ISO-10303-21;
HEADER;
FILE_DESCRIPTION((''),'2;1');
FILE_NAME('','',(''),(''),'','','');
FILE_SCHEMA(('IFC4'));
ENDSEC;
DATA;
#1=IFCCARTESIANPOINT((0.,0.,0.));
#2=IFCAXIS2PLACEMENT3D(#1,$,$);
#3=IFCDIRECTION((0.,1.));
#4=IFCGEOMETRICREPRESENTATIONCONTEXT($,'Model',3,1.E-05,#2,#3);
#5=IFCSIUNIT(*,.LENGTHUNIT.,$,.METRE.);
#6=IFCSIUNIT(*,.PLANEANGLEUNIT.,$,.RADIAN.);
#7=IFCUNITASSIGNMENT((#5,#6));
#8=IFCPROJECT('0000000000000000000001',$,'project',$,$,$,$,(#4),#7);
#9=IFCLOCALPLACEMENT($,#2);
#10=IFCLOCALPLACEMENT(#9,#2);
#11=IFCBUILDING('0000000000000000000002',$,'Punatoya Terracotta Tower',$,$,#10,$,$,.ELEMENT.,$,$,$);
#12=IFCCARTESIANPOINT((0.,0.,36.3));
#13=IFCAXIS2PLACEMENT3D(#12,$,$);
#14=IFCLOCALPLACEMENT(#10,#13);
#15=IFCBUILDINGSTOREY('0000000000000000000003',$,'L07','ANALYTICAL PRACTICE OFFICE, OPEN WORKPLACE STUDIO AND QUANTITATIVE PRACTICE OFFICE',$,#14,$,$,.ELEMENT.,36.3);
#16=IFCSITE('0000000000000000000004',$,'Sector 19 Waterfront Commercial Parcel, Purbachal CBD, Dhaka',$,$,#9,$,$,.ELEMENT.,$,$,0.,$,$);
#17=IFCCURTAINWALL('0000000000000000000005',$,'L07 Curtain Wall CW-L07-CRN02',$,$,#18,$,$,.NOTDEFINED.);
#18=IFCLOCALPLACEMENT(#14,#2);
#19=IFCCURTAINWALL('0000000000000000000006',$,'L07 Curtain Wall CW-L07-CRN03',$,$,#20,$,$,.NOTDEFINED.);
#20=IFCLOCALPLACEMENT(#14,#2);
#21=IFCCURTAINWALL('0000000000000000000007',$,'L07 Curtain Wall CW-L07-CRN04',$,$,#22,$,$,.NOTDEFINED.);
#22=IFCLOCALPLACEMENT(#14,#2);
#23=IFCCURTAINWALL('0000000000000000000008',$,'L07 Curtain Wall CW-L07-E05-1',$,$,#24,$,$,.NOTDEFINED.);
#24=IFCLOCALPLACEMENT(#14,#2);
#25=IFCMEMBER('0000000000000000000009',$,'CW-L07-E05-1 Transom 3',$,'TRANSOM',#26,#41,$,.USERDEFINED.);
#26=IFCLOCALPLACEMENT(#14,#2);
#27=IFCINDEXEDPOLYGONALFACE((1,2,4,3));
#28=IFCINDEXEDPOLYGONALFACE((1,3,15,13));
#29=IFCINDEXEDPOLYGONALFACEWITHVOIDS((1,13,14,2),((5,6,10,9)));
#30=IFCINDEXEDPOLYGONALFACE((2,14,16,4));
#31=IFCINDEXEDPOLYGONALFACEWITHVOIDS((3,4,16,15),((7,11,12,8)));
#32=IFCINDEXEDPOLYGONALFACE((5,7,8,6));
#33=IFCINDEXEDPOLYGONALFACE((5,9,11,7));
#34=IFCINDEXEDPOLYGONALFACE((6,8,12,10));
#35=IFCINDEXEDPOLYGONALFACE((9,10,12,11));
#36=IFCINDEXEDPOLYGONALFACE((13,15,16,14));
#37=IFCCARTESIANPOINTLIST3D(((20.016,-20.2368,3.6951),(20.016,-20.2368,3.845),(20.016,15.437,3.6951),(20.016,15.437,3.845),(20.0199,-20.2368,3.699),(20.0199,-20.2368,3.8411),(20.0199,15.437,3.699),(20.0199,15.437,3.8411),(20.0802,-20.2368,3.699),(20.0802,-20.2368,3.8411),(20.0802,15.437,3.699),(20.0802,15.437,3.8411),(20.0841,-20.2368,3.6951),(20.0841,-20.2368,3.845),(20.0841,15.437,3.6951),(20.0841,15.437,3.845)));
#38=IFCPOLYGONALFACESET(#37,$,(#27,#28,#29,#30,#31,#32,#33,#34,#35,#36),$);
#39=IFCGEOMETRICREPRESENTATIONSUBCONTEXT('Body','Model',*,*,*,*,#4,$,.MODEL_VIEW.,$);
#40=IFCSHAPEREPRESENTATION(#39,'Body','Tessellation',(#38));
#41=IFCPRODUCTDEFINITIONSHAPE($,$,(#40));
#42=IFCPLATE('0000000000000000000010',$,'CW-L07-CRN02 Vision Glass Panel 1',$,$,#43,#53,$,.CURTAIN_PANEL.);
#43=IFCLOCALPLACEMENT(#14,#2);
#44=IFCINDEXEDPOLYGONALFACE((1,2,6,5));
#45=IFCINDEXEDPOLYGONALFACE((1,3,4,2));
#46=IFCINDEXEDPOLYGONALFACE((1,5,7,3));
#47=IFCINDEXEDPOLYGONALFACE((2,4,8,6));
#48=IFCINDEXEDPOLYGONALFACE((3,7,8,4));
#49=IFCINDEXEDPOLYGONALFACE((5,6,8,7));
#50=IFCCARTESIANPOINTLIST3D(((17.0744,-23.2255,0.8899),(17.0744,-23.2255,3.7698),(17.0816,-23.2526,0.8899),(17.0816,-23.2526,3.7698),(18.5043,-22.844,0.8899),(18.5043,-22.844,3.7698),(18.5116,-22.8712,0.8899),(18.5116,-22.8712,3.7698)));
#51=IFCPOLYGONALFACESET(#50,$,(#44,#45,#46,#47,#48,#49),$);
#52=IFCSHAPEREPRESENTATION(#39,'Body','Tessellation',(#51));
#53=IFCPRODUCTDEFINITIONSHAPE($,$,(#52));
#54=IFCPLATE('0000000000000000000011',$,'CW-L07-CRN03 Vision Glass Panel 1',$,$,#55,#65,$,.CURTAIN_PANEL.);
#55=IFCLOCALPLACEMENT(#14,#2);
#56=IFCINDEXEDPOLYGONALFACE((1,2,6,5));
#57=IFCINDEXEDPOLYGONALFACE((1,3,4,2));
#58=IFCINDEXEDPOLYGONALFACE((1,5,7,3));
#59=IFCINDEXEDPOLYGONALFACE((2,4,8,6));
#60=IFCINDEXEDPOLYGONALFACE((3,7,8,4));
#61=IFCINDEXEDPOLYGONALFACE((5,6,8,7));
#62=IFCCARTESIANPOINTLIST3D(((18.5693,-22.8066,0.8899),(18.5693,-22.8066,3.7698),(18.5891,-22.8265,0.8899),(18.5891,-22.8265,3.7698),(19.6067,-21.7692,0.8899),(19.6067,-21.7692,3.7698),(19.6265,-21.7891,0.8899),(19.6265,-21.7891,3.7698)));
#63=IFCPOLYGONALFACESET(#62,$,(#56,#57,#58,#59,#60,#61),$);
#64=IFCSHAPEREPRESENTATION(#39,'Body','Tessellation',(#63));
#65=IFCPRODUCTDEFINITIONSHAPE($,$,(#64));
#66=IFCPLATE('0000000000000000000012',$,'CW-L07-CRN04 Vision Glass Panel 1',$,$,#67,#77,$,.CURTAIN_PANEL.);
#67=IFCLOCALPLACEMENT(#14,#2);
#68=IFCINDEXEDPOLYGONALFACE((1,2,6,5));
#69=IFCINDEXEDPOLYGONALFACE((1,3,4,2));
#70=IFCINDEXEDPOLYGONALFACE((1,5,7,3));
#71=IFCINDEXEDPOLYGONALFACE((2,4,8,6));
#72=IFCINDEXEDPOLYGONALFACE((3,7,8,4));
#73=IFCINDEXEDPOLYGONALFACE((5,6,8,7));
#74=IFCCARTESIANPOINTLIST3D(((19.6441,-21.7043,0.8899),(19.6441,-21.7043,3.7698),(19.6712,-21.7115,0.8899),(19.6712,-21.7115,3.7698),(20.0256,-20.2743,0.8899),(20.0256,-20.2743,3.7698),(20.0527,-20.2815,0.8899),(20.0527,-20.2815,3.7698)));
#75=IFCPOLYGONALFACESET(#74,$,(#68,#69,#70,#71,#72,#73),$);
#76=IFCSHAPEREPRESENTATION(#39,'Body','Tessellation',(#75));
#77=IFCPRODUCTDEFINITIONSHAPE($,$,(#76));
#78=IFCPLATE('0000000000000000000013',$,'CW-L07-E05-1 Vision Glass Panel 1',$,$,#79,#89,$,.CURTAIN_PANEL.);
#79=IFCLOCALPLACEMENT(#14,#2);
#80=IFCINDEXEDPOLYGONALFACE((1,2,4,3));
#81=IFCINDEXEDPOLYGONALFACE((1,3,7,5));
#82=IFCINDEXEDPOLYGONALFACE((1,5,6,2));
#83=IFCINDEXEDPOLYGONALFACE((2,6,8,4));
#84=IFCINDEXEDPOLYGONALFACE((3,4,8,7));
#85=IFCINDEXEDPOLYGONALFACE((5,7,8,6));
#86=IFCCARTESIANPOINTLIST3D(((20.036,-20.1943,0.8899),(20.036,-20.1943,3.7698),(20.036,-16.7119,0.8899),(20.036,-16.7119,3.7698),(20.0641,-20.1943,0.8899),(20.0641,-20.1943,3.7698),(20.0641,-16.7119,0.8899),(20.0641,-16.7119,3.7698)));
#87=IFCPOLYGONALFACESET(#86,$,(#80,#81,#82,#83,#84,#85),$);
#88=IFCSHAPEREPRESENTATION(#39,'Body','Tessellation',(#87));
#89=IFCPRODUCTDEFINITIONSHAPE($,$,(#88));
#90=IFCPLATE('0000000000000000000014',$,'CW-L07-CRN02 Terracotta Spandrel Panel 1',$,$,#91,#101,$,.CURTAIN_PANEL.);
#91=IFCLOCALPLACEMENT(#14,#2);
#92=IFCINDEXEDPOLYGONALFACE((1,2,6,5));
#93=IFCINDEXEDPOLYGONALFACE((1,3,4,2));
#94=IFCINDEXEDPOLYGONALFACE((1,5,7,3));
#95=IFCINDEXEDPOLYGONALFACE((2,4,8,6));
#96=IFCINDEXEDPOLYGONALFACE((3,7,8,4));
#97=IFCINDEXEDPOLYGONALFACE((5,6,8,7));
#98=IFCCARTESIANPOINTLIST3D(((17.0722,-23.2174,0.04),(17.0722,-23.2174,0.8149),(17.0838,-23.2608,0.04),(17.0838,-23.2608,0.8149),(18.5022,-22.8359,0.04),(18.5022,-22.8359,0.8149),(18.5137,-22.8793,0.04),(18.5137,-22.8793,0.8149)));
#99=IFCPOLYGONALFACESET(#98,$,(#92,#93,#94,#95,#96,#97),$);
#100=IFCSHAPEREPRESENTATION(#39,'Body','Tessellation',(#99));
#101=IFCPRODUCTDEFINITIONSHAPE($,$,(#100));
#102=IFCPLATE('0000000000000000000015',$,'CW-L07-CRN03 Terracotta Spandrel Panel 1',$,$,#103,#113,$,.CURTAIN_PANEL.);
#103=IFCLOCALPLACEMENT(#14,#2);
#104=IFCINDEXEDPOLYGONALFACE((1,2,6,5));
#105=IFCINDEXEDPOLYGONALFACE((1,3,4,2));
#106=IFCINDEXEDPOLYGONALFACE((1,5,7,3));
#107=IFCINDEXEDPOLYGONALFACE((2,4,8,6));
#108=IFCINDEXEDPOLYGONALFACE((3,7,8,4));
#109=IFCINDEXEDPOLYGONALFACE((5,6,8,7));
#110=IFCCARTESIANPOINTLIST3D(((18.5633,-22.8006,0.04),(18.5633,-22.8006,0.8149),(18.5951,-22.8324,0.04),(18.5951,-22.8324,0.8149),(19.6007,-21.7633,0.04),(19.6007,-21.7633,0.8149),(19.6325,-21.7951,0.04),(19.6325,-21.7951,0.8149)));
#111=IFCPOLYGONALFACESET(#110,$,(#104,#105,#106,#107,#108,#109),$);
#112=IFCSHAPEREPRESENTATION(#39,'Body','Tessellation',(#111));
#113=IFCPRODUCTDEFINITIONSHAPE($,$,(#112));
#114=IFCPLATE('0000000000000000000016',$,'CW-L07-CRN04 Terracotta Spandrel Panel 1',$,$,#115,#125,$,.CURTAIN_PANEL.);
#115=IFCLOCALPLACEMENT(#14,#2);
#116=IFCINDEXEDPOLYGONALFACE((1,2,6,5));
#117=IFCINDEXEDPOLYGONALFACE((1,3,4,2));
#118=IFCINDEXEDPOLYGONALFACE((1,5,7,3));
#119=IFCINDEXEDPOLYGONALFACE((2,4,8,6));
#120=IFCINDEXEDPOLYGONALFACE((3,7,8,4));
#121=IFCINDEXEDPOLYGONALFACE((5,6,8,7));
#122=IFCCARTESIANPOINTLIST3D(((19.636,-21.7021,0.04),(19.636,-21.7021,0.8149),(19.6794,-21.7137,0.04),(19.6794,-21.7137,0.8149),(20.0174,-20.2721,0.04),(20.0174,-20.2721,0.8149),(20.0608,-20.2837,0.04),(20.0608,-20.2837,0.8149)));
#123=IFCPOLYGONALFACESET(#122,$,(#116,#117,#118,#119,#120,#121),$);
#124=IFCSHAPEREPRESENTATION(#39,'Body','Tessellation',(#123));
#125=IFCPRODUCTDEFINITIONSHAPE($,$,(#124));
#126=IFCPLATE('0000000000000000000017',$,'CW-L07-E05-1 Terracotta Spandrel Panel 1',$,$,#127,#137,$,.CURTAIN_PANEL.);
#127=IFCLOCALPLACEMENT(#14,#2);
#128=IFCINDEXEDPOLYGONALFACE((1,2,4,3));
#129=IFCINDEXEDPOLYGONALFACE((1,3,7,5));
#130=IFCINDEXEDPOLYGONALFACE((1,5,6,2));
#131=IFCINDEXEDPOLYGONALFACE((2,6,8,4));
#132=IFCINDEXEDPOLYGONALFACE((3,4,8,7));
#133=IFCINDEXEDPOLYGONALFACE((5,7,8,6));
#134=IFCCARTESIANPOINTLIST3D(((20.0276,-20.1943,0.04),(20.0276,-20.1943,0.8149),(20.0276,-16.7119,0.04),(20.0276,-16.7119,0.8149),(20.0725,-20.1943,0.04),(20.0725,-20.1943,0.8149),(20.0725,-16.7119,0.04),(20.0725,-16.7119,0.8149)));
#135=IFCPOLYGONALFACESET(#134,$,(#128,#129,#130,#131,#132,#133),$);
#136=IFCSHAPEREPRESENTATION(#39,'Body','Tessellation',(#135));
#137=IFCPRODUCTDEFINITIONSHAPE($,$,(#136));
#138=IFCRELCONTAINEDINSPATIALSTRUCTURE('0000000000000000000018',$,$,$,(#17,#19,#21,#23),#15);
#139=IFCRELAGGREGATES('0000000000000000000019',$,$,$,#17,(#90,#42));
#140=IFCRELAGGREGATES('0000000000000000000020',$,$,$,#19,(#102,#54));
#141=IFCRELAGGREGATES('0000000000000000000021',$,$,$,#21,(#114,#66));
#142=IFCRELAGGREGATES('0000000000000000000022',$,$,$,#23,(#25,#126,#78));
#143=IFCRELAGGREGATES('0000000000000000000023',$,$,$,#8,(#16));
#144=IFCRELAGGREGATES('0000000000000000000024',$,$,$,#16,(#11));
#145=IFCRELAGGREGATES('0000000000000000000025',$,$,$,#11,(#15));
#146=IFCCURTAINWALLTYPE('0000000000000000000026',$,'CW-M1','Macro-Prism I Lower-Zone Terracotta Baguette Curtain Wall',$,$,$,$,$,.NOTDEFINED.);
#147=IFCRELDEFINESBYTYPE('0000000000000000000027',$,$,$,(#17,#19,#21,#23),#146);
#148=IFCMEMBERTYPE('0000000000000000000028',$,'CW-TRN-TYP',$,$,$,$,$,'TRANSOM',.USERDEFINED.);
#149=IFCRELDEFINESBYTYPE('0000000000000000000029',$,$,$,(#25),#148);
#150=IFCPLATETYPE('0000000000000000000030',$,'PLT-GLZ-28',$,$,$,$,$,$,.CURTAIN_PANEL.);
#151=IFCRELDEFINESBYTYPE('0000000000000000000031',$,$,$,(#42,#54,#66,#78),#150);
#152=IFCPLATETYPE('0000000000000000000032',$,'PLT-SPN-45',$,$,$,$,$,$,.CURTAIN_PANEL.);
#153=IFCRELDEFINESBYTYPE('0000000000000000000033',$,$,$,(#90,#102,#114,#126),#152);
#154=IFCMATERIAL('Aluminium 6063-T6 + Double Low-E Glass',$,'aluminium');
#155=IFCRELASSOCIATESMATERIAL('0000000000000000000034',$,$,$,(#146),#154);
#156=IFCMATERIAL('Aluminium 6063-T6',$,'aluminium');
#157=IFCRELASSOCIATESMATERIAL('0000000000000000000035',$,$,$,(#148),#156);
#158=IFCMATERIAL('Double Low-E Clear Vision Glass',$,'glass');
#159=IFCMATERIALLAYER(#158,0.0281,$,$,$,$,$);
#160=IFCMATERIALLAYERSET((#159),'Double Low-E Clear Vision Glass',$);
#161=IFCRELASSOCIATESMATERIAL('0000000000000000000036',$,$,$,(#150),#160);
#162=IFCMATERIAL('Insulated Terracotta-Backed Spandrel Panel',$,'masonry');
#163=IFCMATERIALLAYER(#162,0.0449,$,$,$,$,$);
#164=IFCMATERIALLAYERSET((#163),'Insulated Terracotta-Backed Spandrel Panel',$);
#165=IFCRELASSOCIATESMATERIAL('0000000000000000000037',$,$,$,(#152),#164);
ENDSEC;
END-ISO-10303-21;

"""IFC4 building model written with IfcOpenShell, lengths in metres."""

from ifc_helpers import new_model, si_unit, direction, frame, origin, origin_2d, place, context, subcontext, project, spatial, rectangle, hollow_rectangle, extrude, material, layer, layer_set, material_profile, profile_set, type_object, element, aggregate, save


model = new_model("IFC4")

# Units and contexts
model_context = context("Model", 3, precision=1e-05, world=origin(), true_north=direction((0.0, 1.0)))
body_context = subcontext(model_context, "Body", "Model", "MODEL_VIEW")
ifc_project = project(units=[si_unit("LENGTHUNIT", "METRE"), si_unit("PLANEANGLEUNIT", "RADIAN")], contexts=[model_context])

# Site, building, storey
site_placement = place(None, origin())
site = spatial("IfcSite", under=ifc_project, at=site_placement, Name="Sector 19 Waterfront Commercial Parcel, Purbachal CBD, Dhaka", CompositionType="ELEMENT", RefElevation=0.0)
building_placement = place(site_placement, origin())
building = spatial("IfcBuilding", under=site, at=building_placement, Name="Punatoya Terracotta Tower", CompositionType="ELEMENT")
storey_placement = place(building_placement, frame((0.0, 0.0, 36.3)))
storey = spatial("IfcBuildingStorey", under=building, at=storey_placement, Name="L07", Description="ANALYTICAL PRACTICE OFFICE, OPEN WORKPLACE STUDIO AND QUANTITATIVE PRACTICE OFFICE", CompositionType="ELEMENT", Elevation=36.3)

# Curtain walls
ifc_material_1 = material(Name="Aluminium 6063-T6 + Double Low-E Glass", Category="aluminium")
curtain_wall_type = type_object("IfcCurtainWallType", Name="CW-M1", Description="Macro-Prism I Lower-Zone Terracotta Baguette Curtain Wall", PredefinedType="NOTDEFINED", material=ifc_material_1)
curtain_wall_1_placement = place(storey_placement, origin())
curtain_wall_1 = element("IfcCurtainWall", 1, at=curtain_wall_1_placement, inside=storey, type_object=curtain_wall_type, Name="L07 Curtain Wall CW-L07-CRN02", PredefinedType="NOTDEFINED")
ifc_material_2 = material(Name="Aluminium 6063-T6", Category="aluminium")
curtain_wall_2_placement = place(storey_placement, origin())
curtain_wall_2 = element("IfcCurtainWall", 2, at=curtain_wall_2_placement, inside=storey, type_object=curtain_wall_type, Name="L07 Curtain Wall CW-L07-CRN03", PredefinedType="NOTDEFINED")
curtain_wall_3_placement = place(storey_placement, origin())
curtain_wall_3 = element("IfcCurtainWall", 3, at=curtain_wall_3_placement, inside=storey, type_object=curtain_wall_type, Name="L07 Curtain Wall CW-L07-CRN04", PredefinedType="NOTDEFINED")

# Curtain wall
curtain_wall_4_placement = place(storey_placement, origin())
curtain_wall_4 = element("IfcCurtainWall", 4, at=curtain_wall_4_placement, inside=storey, type_object=curtain_wall_type, Name="L07 Curtain Wall CW-L07-E05-1", PredefinedType="NOTDEFINED")

# Member
ifc_material_profile_1 = material_profile(ifc_material_2, hollow_rectangle(XDim=0.0681, YDim=0.1499, WallThickness=0.0039, at=origin_2d()))
ifc_profile_set_1 = profile_set([ifc_material_profile_1], Name="Aluminium 6063-T6")
member_type_1 = type_object("IfcMemberType", Name="CW-TRN-TYP", ElementType="TRANSOM", PredefinedType="USERDEFINED", material=ifc_profile_set_1)
member_1_placement = place(storey_placement, frame((20.05, -20.2368, 3.77), z_axis=(0.0, 1.0, 0.0), x_axis=(-1.0, 0.0, 0.0)))
member_1 = element("IfcMember", 5, at=member_1_placement, type_object=member_type_1, Name="CW-L07-E05-1 Transom 3", ObjectType="TRANSOM", PredefinedType="USERDEFINED", context=body_context, shape_type="SweptSolid", body=[
    extrude(hollow_rectangle(XDim=0.0681, YDim=0.1499, WallThickness=0.0039, at=origin_2d()), origin(), (0.0, 0.0, 1.0), 35.6738),
])

# Plates
ifc_material_3 = material(Name="Double Low-E Clear Vision Glass", Category="glass")
ifc_layer_1 = layer(ifc_material_3, 0.0281)
ifc_layer_set_1 = layer_set([ifc_layer_1], Name="Double Low-E Clear Vision Glass")
plate_type_1 = type_object("IfcPlateType", Name="PLT-GLZ-28", PredefinedType="CURTAIN_PANEL", material=ifc_layer_set_1)
plate_1_placement = place(storey_placement, frame((17.793, -23.0483, 0.8899), z_axis=(0.0, 0.0, 1.0), x_axis=(0.966214, 0.257742, 0.0)))
plate_1 = element("IfcPlate", 6, at=plate_1_placement, type_object=plate_type_1, Name="CW-L07-CRN02 Vision Glass Panel 1", PredefinedType="CURTAIN_PANEL", context=body_context, shape_type="SweptSolid", body=[
    extrude(rectangle(XDim=1.48, YDim=0.0281, at=origin_2d()), origin(), (0.0, 0.0, 1.0), 2.8799),
])
plate_2_placement = place(storey_placement, frame((19.0979, -22.2979, 0.8899), z_axis=(0.0, 0.0, 1.0), x_axis=(0.707107, 0.707107, 0.0)))
plate_2 = element("IfcPlate", 7, at=plate_2_placement, type_object=plate_type_1, Name="CW-L07-CRN03 Vision Glass Panel 1", PredefinedType="CURTAIN_PANEL", context=body_context, shape_type="SweptSolid", body=[
    extrude(rectangle(XDim=1.467, YDim=0.0281, at=origin_2d()), origin(), (0.0, 0.0, 1.0), 2.8799),
])
plate_3_placement = place(storey_placement, frame((19.8484, -20.9929, 0.8899), z_axis=(0.0, 0.0, 1.0), x_axis=(0.257742, 0.966214, 0.0)))
plate_3 = element("IfcPlate", 8, at=plate_3_placement, type_object=plate_type_1, Name="CW-L07-CRN04 Vision Glass Panel 1", PredefinedType="CURTAIN_PANEL", context=body_context, shape_type="SweptSolid", body=[
    extrude(rectangle(XDim=1.48, YDim=0.0281, at=origin_2d()), origin(), (0.0, 0.0, 1.0), 2.8799),
])
plate_4_placement = place(storey_placement, frame((20.05, -18.4531, 0.8899), z_axis=(0.0, 0.0, 1.0), x_axis=(0.0, 1.0, 0.0)))
plate_4 = element("IfcPlate", 9, at=plate_4_placement, type_object=plate_type_1, Name="CW-L07-E05-1 Vision Glass Panel 1", PredefinedType="CURTAIN_PANEL", context=body_context, shape_type="SweptSolid", body=[
    extrude(rectangle(XDim=3.4824, YDim=0.0281, at=origin_2d()), origin(), (0.0, 0.0, 1.0), 2.8799),
])
ifc_material_4 = material(Name="Insulated Terracotta-Backed Spandrel Panel", Category="masonry")
ifc_layer_2 = layer(ifc_material_4, 0.0449)
ifc_layer_set_2 = layer_set([ifc_layer_2], Name="Insulated Terracotta-Backed Spandrel Panel")
plate_type_2 = type_object("IfcPlateType", Name="PLT-SPN-45", PredefinedType="CURTAIN_PANEL", material=ifc_layer_set_2)
plate_5_placement = place(storey_placement, frame((17.793, -23.0483, 0.04), z_axis=(0.0, 0.0, 1.0), x_axis=(0.966214, 0.257742, 0.0)))
plate_5 = element("IfcPlate", 10, at=plate_5_placement, type_object=plate_type_2, Name="CW-L07-CRN02 Terracotta Spandrel Panel 1", PredefinedType="CURTAIN_PANEL", context=body_context, shape_type="SweptSolid", body=[
    extrude(rectangle(XDim=1.48, YDim=0.0449, at=origin_2d()), origin(), (0.0, 0.0, 1.0), 0.7749),
])
aggregate(curtain_wall_1, [plate_5, plate_1])
plate_6_placement = place(storey_placement, frame((19.0979, -22.2979, 0.04), z_axis=(0.0, 0.0, 1.0), x_axis=(0.707107, 0.707107, 0.0)))
plate_6 = element("IfcPlate", 11, at=plate_6_placement, type_object=plate_type_2, Name="CW-L07-CRN03 Terracotta Spandrel Panel 1", PredefinedType="CURTAIN_PANEL", context=body_context, shape_type="SweptSolid", body=[
    extrude(rectangle(XDim=1.467, YDim=0.0449, at=origin_2d()), origin(), (0.0, 0.0, 1.0), 0.7749),
])
aggregate(curtain_wall_2, [plate_6, plate_2])
plate_7_placement = place(storey_placement, frame((19.8484, -20.9929, 0.04), z_axis=(0.0, 0.0, 1.0), x_axis=(0.257742, 0.966214, 0.0)))
plate_7 = element("IfcPlate", 12, at=plate_7_placement, type_object=plate_type_2, Name="CW-L07-CRN04 Terracotta Spandrel Panel 1", PredefinedType="CURTAIN_PANEL", context=body_context, shape_type="SweptSolid", body=[
    extrude(rectangle(XDim=1.48, YDim=0.0449, at=origin_2d()), origin(), (0.0, 0.0, 1.0), 0.7749),
])
aggregate(curtain_wall_3, [plate_7, plate_3])
plate_8_placement = place(storey_placement, frame((20.05, -18.4531, 0.04), z_axis=(0.0, 0.0, 1.0), x_axis=(0.0, 1.0, 0.0)))
plate_8 = element("IfcPlate", 13, at=plate_8_placement, type_object=plate_type_2, Name="CW-L07-E05-1 Terracotta Spandrel Panel 1", PredefinedType="CURTAIN_PANEL", context=body_context, shape_type="SweptSolid", body=[
    extrude(rectangle(XDim=3.4824, YDim=0.0449, at=origin_2d()), origin(), (0.0, 0.0, 1.0), 0.7749),
])
aggregate(curtain_wall_4, [member_1, plate_8, plate_4])

save(model, "model.ifc")
